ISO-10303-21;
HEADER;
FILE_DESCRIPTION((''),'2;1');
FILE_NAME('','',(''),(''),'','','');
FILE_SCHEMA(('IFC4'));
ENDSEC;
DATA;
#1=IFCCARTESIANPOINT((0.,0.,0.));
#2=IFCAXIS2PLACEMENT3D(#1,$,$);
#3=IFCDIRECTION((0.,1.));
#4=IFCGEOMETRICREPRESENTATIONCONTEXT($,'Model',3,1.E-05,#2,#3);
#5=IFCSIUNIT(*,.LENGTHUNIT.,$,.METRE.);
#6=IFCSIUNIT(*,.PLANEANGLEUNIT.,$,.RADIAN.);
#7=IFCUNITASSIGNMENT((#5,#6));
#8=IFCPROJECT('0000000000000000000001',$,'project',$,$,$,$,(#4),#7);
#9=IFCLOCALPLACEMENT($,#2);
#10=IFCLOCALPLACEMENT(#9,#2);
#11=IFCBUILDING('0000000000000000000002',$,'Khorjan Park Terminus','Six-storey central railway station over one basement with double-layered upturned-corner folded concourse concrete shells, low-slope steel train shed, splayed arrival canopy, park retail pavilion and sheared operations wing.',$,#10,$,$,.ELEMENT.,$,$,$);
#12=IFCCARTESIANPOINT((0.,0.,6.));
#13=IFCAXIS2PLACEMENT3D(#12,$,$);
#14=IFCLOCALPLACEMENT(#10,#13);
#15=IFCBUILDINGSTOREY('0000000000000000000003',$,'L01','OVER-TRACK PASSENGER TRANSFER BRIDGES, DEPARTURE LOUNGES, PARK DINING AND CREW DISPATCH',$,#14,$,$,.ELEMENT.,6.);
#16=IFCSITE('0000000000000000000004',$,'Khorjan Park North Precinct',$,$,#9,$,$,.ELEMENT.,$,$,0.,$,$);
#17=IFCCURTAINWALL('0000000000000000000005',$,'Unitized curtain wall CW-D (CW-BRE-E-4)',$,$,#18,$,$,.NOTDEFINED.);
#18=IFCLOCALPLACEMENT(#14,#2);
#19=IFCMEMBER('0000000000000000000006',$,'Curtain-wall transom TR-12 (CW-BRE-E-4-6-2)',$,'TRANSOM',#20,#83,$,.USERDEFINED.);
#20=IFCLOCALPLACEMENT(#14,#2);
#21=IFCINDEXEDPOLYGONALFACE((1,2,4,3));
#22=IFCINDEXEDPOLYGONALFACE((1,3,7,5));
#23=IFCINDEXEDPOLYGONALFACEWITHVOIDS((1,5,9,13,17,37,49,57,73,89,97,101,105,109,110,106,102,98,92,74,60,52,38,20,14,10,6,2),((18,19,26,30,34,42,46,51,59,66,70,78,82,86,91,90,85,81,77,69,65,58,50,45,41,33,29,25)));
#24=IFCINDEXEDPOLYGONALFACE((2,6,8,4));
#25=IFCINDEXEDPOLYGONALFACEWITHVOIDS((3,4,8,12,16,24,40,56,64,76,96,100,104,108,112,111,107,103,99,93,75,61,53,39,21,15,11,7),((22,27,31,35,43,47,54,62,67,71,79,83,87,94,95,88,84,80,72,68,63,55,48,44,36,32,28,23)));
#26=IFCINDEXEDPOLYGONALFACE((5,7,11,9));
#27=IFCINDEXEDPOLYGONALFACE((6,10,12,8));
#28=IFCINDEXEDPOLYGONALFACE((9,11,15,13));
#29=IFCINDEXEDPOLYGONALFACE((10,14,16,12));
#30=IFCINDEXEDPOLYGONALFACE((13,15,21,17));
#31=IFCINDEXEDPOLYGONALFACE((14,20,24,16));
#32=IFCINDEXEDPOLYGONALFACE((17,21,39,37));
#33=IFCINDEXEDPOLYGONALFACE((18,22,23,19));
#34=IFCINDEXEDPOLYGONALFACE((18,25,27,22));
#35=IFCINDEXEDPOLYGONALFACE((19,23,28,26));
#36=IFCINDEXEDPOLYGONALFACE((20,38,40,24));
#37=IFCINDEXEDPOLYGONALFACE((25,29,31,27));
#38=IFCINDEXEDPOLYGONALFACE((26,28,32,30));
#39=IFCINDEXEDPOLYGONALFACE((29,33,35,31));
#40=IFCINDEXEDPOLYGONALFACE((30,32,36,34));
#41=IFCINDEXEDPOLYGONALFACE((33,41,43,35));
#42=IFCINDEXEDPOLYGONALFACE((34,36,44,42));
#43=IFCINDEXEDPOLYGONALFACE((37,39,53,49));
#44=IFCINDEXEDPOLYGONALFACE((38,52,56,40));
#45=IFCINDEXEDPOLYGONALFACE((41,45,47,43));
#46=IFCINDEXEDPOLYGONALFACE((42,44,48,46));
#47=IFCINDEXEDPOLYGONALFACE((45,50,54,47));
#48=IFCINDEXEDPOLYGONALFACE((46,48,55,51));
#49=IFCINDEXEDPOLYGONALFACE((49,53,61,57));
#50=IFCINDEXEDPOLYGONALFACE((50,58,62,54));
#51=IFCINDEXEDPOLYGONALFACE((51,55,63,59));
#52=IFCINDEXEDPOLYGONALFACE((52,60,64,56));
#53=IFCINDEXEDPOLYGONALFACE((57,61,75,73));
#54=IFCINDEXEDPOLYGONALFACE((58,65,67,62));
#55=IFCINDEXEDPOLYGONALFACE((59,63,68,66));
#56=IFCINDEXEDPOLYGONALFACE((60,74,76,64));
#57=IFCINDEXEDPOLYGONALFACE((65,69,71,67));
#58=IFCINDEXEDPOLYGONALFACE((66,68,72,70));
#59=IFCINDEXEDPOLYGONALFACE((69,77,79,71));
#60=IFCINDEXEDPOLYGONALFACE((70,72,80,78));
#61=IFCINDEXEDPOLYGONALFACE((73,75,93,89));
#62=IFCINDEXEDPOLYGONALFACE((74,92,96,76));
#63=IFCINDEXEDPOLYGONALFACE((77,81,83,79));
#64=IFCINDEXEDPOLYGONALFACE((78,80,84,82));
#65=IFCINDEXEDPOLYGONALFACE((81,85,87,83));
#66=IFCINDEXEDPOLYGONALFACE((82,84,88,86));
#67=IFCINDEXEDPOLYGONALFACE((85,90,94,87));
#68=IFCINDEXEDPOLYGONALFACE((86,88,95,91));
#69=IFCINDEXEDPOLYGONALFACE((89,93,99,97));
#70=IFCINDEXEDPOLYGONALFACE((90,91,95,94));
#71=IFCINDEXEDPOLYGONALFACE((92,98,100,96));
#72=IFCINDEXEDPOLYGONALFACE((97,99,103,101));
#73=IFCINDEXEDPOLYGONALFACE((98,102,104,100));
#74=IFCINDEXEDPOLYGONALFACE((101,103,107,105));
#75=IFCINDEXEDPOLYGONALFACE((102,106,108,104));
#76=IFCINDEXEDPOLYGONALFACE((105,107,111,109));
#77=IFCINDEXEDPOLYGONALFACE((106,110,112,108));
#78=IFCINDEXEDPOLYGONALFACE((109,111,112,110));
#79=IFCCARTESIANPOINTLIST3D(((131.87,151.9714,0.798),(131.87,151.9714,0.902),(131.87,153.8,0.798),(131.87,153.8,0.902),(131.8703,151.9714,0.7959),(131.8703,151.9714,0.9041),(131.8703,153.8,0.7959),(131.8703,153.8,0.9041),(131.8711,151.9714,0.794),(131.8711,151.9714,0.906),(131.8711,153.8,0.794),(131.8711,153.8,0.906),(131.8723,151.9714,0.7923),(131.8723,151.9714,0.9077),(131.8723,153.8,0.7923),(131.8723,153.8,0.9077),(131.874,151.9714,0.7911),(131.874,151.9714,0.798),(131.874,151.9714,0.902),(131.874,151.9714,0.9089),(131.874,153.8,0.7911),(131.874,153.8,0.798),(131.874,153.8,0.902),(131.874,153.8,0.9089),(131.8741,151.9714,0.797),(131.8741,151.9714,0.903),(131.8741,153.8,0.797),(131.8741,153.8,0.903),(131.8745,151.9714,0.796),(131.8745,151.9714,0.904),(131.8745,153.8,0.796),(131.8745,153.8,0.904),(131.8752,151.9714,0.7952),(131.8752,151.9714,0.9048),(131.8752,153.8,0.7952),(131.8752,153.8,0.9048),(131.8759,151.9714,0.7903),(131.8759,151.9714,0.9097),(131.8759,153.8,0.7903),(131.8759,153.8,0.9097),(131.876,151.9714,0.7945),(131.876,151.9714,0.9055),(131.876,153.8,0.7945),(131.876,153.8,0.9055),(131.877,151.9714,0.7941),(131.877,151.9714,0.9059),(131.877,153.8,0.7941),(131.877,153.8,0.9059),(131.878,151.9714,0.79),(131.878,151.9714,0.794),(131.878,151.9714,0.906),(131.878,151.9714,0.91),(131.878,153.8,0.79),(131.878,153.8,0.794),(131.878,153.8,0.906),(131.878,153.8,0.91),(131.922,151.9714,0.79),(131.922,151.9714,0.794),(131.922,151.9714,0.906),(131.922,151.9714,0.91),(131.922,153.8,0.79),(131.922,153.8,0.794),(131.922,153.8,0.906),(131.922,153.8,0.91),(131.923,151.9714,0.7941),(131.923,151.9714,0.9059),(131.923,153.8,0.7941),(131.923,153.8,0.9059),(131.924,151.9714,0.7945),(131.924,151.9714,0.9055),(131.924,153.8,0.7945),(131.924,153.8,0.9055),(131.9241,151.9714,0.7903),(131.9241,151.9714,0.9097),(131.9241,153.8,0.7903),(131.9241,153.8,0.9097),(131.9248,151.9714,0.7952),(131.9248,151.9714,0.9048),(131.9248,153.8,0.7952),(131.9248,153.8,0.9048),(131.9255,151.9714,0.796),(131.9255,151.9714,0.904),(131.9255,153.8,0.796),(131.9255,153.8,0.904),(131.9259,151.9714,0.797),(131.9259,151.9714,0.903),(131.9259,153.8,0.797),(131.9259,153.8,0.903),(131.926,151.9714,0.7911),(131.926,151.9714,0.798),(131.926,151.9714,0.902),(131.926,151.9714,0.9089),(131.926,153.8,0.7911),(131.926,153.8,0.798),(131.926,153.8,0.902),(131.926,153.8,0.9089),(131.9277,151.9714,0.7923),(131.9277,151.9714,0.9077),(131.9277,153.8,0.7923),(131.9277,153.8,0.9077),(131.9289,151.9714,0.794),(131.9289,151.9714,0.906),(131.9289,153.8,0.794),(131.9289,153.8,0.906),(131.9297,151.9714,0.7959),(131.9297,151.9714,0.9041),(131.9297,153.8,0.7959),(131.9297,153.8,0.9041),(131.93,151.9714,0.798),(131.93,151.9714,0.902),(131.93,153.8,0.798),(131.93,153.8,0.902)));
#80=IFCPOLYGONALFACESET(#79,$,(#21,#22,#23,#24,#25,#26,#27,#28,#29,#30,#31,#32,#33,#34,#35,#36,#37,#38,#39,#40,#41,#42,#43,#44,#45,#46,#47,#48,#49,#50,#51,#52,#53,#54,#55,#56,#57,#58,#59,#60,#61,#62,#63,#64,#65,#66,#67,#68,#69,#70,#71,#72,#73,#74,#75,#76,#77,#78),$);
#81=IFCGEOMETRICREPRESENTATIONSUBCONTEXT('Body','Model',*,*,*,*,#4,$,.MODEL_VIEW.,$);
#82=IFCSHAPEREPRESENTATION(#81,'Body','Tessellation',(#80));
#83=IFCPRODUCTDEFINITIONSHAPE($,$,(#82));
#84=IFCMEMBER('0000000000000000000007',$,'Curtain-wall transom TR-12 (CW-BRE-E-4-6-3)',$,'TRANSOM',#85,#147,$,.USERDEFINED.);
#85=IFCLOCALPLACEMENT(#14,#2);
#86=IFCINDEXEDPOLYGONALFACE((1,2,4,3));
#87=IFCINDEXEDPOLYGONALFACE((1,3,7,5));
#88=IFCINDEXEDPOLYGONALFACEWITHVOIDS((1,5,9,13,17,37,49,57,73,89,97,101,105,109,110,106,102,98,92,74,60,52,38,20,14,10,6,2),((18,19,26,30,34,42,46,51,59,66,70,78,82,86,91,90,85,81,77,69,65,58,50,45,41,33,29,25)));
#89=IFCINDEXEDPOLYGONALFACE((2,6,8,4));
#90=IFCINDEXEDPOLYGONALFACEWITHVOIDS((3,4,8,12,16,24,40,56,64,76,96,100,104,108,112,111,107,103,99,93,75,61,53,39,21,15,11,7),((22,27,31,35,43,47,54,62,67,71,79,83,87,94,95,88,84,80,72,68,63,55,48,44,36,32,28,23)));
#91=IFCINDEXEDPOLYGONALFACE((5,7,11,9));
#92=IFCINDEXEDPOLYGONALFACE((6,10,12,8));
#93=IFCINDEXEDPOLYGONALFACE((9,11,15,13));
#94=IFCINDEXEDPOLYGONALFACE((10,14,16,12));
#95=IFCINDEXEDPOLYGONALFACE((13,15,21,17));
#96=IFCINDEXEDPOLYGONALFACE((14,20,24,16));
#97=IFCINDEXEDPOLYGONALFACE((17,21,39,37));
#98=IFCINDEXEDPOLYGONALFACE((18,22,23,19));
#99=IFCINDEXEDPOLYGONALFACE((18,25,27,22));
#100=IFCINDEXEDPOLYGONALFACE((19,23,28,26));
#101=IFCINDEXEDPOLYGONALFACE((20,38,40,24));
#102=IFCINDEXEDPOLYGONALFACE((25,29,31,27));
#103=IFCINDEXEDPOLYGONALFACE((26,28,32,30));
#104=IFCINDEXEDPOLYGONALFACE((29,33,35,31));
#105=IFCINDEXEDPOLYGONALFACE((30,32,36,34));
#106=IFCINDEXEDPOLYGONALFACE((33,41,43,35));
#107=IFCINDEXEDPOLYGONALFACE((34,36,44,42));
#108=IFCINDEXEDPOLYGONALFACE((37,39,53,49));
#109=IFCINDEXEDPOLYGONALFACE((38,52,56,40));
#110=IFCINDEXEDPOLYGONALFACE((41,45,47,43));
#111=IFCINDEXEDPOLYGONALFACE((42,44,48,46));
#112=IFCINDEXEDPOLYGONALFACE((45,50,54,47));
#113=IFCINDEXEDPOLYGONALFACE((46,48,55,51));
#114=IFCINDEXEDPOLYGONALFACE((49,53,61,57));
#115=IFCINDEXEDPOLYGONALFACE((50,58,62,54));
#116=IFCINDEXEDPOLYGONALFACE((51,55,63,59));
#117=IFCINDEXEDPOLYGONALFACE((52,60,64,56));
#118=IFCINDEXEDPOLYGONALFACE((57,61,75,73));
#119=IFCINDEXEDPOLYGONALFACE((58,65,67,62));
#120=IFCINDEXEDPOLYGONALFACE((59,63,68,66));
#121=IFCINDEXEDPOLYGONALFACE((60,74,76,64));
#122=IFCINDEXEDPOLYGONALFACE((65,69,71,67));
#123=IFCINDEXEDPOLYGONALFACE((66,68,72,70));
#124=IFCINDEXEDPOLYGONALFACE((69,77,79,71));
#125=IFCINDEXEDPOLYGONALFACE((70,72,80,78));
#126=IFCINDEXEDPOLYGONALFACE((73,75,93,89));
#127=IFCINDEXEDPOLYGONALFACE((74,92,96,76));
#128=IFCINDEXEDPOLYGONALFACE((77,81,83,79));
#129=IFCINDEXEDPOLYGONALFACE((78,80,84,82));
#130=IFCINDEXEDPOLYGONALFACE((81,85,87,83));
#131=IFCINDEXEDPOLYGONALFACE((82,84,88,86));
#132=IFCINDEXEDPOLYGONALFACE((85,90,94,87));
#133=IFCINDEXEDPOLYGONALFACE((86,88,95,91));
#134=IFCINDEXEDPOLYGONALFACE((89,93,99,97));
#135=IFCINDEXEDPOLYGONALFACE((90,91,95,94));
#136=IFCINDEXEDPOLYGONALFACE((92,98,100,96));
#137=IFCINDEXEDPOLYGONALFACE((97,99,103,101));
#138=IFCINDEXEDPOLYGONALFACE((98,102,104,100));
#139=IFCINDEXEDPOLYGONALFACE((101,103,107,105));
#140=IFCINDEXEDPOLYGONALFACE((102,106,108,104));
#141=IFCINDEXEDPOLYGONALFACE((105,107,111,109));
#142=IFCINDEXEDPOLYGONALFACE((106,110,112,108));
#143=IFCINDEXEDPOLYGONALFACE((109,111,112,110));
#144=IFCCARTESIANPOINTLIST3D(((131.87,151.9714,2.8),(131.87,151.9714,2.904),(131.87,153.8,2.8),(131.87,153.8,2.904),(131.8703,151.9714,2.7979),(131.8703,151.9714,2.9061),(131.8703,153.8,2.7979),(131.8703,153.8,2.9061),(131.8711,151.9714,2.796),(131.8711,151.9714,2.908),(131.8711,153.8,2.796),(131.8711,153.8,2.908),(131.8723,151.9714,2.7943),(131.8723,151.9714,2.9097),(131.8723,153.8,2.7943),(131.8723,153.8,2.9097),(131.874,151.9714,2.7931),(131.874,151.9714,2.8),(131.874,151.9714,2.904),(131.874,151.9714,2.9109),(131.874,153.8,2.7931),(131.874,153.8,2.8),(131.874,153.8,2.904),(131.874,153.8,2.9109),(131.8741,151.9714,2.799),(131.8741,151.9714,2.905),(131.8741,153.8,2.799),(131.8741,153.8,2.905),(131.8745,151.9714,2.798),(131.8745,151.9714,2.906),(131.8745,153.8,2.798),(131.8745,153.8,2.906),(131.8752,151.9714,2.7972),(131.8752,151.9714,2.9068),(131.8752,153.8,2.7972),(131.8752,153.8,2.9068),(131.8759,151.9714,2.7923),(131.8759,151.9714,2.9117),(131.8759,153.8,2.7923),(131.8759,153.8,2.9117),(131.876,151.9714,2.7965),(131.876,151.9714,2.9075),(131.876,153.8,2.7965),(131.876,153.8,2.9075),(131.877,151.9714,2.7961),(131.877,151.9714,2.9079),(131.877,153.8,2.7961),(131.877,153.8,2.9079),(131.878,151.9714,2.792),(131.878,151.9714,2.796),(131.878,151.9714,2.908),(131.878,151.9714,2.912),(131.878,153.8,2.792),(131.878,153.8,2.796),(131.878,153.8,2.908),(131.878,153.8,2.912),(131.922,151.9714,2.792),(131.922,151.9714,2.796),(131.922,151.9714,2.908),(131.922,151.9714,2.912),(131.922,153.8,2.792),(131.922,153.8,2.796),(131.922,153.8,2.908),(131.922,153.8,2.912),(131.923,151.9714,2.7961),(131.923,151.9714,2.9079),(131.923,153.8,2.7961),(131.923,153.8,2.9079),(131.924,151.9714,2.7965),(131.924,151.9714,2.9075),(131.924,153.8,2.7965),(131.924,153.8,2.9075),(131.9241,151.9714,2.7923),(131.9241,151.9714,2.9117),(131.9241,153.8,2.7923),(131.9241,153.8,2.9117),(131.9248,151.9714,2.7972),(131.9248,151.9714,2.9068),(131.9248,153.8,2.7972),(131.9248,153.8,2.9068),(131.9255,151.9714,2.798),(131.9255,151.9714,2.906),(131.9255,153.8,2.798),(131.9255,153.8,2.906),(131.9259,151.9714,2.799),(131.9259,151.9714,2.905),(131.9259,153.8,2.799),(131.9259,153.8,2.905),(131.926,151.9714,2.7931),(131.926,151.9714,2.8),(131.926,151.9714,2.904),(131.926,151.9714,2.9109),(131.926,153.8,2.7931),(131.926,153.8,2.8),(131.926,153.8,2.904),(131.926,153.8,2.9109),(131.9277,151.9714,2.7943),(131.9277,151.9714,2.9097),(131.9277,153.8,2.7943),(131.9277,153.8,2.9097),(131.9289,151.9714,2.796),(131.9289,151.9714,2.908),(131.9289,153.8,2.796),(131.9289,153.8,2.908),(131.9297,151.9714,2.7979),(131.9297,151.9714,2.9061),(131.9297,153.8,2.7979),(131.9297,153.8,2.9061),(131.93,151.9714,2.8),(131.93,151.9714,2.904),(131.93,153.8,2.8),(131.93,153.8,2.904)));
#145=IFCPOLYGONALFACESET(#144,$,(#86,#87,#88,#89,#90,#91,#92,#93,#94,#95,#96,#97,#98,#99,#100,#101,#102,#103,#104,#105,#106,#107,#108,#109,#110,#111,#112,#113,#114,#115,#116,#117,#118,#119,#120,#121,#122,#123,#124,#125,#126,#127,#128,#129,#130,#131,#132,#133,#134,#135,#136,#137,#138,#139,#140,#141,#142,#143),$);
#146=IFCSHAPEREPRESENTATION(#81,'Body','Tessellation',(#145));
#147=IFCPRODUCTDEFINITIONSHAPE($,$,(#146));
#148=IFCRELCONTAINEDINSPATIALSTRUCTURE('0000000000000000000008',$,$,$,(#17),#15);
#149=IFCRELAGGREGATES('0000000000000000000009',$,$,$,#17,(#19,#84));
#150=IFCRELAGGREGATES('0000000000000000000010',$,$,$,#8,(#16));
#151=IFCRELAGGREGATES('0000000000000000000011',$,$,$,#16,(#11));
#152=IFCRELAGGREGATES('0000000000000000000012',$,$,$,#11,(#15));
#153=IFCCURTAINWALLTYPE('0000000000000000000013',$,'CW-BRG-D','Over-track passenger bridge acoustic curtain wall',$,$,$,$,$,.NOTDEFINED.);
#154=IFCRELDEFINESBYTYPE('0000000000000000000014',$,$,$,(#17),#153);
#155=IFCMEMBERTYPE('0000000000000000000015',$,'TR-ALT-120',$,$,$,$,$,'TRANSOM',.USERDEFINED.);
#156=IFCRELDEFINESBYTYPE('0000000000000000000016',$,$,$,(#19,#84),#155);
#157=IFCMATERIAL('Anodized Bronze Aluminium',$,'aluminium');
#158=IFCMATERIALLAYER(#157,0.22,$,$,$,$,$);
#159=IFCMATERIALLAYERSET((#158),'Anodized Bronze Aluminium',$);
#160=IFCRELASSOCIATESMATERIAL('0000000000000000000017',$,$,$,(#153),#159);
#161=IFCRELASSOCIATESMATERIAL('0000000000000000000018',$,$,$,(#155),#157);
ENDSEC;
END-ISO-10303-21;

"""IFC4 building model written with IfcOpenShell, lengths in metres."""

from ifc_helpers import new_model, si_unit, direction, frame, origin, origin_2d, place, context, subcontext, project, spatial, hollow_rectangle, extrude, material, layer, layer_set, material_profile, profile_set, type_object, element, aggregate, save


model = new_model("IFC4")

# Units and contexts
model_context = context("Model", 3, precision=1e-05, world=origin(), true_north=direction((0.0, 1.0)))
body_context = subcontext(model_context, "Body", "Model", "MODEL_VIEW")
ifc_project = project(units=[si_unit("LENGTHUNIT", "METRE"), si_unit("PLANEANGLEUNIT", "RADIAN")], contexts=[model_context])

# Site, building, storey
site_placement = place(None, origin())
site = spatial("IfcSite", under=ifc_project, at=site_placement, Name="Khorjan Park North Precinct", CompositionType="ELEMENT", RefElevation=0.0)
building_placement = place(site_placement, origin())
building = spatial("IfcBuilding", under=site, at=building_placement, Name="Khorjan Park Terminus", Description="Six-storey central railway station over one basement with double-layered upturned-corner folded concourse concrete shells, low-slope steel train shed, splayed arrival canopy, park retail pavilion and sheared operations wing.", CompositionType="ELEMENT")
storey_placement = place(building_placement, frame((0.0, 0.0, 6.0)))
storey = spatial("IfcBuildingStorey", under=building, at=storey_placement, Name="L01", Description="OVER-TRACK PASSENGER TRANSFER BRIDGES, DEPARTURE LOUNGES, PARK DINING AND CREW DISPATCH", CompositionType="ELEMENT", Elevation=6.0)

# Curtain wall, members
ifc_material_1 = material(Name="Anodized Bronze Aluminium", Category="aluminium")
ifc_layer_1 = layer(ifc_material_1, 0.22)
ifc_layer_set_1 = layer_set([ifc_layer_1], Name="Anodized Bronze Aluminium")
curtain_wall_type = type_object("IfcCurtainWallType", Name="CW-BRG-D", Description="Over-track passenger bridge acoustic curtain wall", PredefinedType="NOTDEFINED", material=ifc_layer_set_1)
curtain_wall_placement = place(storey_placement, origin())
curtain_wall = element("IfcCurtainWall", 1, at=curtain_wall_placement, inside=storey, type_object=curtain_wall_type, Name="Unitized curtain wall CW-D (CW-BRE-E-4)", PredefinedType="NOTDEFINED")
ifc_material_profile_1 = material_profile(ifc_material_1, hollow_rectangle(XDim=0.06, YDim=0.12, WallThickness=0.004, InnerFilletRadius=0.004, OuterFilletRadius=0.008, at=origin_2d()), Name="ALT 60x120x4")
ifc_profile_set_1 = profile_set([ifc_material_profile_1], Name="Anodized Bronze Aluminium")
member_type_1 = type_object("IfcMemberType", Name="TR-ALT-120", ElementType="TRANSOM", PredefinedType="USERDEFINED", material=ifc_profile_set_1)
member_1_placement = place(storey_placement, frame((131.9, 151.9714, 0.85), z_axis=(0.0, 1.0, 0.0), x_axis=(-1.0, 0.0, 0.0)))
member_1 = element("IfcMember", 2, at=member_1_placement, type_object=member_type_1, Name="Curtain-wall transom TR-12 (CW-BRE-E-4-6-2)", ObjectType="TRANSOM", PredefinedType="USERDEFINED", context=body_context, shape_type="SweptSolid", body=[
    extrude(hollow_rectangle(XDim=0.06, YDim=0.12, WallThickness=0.004, InnerFilletRadius=0.004, OuterFilletRadius=0.008, at=origin_2d()), origin(), (0.0, 0.0, 1.0), 1.8286),
])
member_2_placement = place(storey_placement, frame((131.9, 151.9714, 2.852), z_axis=(0.0, 1.0, 0.0), x_axis=(-1.0, 0.0, 0.0)))
member_2 = element("IfcMember", 3, at=member_2_placement, type_object=member_type_1, Name="Curtain-wall transom TR-12 (CW-BRE-E-4-6-3)", ObjectType="TRANSOM", PredefinedType="USERDEFINED", context=body_context, shape_type="SweptSolid", body=[
    extrude(hollow_rectangle(XDim=0.06, YDim=0.12, WallThickness=0.004, InnerFilletRadius=0.004, OuterFilletRadius=0.008, at=origin_2d()), origin(), (0.0, 0.0, 1.0), 1.8286),
])
aggregate(curtain_wall, [member_1, member_2])

save(model, "model.ifc")
